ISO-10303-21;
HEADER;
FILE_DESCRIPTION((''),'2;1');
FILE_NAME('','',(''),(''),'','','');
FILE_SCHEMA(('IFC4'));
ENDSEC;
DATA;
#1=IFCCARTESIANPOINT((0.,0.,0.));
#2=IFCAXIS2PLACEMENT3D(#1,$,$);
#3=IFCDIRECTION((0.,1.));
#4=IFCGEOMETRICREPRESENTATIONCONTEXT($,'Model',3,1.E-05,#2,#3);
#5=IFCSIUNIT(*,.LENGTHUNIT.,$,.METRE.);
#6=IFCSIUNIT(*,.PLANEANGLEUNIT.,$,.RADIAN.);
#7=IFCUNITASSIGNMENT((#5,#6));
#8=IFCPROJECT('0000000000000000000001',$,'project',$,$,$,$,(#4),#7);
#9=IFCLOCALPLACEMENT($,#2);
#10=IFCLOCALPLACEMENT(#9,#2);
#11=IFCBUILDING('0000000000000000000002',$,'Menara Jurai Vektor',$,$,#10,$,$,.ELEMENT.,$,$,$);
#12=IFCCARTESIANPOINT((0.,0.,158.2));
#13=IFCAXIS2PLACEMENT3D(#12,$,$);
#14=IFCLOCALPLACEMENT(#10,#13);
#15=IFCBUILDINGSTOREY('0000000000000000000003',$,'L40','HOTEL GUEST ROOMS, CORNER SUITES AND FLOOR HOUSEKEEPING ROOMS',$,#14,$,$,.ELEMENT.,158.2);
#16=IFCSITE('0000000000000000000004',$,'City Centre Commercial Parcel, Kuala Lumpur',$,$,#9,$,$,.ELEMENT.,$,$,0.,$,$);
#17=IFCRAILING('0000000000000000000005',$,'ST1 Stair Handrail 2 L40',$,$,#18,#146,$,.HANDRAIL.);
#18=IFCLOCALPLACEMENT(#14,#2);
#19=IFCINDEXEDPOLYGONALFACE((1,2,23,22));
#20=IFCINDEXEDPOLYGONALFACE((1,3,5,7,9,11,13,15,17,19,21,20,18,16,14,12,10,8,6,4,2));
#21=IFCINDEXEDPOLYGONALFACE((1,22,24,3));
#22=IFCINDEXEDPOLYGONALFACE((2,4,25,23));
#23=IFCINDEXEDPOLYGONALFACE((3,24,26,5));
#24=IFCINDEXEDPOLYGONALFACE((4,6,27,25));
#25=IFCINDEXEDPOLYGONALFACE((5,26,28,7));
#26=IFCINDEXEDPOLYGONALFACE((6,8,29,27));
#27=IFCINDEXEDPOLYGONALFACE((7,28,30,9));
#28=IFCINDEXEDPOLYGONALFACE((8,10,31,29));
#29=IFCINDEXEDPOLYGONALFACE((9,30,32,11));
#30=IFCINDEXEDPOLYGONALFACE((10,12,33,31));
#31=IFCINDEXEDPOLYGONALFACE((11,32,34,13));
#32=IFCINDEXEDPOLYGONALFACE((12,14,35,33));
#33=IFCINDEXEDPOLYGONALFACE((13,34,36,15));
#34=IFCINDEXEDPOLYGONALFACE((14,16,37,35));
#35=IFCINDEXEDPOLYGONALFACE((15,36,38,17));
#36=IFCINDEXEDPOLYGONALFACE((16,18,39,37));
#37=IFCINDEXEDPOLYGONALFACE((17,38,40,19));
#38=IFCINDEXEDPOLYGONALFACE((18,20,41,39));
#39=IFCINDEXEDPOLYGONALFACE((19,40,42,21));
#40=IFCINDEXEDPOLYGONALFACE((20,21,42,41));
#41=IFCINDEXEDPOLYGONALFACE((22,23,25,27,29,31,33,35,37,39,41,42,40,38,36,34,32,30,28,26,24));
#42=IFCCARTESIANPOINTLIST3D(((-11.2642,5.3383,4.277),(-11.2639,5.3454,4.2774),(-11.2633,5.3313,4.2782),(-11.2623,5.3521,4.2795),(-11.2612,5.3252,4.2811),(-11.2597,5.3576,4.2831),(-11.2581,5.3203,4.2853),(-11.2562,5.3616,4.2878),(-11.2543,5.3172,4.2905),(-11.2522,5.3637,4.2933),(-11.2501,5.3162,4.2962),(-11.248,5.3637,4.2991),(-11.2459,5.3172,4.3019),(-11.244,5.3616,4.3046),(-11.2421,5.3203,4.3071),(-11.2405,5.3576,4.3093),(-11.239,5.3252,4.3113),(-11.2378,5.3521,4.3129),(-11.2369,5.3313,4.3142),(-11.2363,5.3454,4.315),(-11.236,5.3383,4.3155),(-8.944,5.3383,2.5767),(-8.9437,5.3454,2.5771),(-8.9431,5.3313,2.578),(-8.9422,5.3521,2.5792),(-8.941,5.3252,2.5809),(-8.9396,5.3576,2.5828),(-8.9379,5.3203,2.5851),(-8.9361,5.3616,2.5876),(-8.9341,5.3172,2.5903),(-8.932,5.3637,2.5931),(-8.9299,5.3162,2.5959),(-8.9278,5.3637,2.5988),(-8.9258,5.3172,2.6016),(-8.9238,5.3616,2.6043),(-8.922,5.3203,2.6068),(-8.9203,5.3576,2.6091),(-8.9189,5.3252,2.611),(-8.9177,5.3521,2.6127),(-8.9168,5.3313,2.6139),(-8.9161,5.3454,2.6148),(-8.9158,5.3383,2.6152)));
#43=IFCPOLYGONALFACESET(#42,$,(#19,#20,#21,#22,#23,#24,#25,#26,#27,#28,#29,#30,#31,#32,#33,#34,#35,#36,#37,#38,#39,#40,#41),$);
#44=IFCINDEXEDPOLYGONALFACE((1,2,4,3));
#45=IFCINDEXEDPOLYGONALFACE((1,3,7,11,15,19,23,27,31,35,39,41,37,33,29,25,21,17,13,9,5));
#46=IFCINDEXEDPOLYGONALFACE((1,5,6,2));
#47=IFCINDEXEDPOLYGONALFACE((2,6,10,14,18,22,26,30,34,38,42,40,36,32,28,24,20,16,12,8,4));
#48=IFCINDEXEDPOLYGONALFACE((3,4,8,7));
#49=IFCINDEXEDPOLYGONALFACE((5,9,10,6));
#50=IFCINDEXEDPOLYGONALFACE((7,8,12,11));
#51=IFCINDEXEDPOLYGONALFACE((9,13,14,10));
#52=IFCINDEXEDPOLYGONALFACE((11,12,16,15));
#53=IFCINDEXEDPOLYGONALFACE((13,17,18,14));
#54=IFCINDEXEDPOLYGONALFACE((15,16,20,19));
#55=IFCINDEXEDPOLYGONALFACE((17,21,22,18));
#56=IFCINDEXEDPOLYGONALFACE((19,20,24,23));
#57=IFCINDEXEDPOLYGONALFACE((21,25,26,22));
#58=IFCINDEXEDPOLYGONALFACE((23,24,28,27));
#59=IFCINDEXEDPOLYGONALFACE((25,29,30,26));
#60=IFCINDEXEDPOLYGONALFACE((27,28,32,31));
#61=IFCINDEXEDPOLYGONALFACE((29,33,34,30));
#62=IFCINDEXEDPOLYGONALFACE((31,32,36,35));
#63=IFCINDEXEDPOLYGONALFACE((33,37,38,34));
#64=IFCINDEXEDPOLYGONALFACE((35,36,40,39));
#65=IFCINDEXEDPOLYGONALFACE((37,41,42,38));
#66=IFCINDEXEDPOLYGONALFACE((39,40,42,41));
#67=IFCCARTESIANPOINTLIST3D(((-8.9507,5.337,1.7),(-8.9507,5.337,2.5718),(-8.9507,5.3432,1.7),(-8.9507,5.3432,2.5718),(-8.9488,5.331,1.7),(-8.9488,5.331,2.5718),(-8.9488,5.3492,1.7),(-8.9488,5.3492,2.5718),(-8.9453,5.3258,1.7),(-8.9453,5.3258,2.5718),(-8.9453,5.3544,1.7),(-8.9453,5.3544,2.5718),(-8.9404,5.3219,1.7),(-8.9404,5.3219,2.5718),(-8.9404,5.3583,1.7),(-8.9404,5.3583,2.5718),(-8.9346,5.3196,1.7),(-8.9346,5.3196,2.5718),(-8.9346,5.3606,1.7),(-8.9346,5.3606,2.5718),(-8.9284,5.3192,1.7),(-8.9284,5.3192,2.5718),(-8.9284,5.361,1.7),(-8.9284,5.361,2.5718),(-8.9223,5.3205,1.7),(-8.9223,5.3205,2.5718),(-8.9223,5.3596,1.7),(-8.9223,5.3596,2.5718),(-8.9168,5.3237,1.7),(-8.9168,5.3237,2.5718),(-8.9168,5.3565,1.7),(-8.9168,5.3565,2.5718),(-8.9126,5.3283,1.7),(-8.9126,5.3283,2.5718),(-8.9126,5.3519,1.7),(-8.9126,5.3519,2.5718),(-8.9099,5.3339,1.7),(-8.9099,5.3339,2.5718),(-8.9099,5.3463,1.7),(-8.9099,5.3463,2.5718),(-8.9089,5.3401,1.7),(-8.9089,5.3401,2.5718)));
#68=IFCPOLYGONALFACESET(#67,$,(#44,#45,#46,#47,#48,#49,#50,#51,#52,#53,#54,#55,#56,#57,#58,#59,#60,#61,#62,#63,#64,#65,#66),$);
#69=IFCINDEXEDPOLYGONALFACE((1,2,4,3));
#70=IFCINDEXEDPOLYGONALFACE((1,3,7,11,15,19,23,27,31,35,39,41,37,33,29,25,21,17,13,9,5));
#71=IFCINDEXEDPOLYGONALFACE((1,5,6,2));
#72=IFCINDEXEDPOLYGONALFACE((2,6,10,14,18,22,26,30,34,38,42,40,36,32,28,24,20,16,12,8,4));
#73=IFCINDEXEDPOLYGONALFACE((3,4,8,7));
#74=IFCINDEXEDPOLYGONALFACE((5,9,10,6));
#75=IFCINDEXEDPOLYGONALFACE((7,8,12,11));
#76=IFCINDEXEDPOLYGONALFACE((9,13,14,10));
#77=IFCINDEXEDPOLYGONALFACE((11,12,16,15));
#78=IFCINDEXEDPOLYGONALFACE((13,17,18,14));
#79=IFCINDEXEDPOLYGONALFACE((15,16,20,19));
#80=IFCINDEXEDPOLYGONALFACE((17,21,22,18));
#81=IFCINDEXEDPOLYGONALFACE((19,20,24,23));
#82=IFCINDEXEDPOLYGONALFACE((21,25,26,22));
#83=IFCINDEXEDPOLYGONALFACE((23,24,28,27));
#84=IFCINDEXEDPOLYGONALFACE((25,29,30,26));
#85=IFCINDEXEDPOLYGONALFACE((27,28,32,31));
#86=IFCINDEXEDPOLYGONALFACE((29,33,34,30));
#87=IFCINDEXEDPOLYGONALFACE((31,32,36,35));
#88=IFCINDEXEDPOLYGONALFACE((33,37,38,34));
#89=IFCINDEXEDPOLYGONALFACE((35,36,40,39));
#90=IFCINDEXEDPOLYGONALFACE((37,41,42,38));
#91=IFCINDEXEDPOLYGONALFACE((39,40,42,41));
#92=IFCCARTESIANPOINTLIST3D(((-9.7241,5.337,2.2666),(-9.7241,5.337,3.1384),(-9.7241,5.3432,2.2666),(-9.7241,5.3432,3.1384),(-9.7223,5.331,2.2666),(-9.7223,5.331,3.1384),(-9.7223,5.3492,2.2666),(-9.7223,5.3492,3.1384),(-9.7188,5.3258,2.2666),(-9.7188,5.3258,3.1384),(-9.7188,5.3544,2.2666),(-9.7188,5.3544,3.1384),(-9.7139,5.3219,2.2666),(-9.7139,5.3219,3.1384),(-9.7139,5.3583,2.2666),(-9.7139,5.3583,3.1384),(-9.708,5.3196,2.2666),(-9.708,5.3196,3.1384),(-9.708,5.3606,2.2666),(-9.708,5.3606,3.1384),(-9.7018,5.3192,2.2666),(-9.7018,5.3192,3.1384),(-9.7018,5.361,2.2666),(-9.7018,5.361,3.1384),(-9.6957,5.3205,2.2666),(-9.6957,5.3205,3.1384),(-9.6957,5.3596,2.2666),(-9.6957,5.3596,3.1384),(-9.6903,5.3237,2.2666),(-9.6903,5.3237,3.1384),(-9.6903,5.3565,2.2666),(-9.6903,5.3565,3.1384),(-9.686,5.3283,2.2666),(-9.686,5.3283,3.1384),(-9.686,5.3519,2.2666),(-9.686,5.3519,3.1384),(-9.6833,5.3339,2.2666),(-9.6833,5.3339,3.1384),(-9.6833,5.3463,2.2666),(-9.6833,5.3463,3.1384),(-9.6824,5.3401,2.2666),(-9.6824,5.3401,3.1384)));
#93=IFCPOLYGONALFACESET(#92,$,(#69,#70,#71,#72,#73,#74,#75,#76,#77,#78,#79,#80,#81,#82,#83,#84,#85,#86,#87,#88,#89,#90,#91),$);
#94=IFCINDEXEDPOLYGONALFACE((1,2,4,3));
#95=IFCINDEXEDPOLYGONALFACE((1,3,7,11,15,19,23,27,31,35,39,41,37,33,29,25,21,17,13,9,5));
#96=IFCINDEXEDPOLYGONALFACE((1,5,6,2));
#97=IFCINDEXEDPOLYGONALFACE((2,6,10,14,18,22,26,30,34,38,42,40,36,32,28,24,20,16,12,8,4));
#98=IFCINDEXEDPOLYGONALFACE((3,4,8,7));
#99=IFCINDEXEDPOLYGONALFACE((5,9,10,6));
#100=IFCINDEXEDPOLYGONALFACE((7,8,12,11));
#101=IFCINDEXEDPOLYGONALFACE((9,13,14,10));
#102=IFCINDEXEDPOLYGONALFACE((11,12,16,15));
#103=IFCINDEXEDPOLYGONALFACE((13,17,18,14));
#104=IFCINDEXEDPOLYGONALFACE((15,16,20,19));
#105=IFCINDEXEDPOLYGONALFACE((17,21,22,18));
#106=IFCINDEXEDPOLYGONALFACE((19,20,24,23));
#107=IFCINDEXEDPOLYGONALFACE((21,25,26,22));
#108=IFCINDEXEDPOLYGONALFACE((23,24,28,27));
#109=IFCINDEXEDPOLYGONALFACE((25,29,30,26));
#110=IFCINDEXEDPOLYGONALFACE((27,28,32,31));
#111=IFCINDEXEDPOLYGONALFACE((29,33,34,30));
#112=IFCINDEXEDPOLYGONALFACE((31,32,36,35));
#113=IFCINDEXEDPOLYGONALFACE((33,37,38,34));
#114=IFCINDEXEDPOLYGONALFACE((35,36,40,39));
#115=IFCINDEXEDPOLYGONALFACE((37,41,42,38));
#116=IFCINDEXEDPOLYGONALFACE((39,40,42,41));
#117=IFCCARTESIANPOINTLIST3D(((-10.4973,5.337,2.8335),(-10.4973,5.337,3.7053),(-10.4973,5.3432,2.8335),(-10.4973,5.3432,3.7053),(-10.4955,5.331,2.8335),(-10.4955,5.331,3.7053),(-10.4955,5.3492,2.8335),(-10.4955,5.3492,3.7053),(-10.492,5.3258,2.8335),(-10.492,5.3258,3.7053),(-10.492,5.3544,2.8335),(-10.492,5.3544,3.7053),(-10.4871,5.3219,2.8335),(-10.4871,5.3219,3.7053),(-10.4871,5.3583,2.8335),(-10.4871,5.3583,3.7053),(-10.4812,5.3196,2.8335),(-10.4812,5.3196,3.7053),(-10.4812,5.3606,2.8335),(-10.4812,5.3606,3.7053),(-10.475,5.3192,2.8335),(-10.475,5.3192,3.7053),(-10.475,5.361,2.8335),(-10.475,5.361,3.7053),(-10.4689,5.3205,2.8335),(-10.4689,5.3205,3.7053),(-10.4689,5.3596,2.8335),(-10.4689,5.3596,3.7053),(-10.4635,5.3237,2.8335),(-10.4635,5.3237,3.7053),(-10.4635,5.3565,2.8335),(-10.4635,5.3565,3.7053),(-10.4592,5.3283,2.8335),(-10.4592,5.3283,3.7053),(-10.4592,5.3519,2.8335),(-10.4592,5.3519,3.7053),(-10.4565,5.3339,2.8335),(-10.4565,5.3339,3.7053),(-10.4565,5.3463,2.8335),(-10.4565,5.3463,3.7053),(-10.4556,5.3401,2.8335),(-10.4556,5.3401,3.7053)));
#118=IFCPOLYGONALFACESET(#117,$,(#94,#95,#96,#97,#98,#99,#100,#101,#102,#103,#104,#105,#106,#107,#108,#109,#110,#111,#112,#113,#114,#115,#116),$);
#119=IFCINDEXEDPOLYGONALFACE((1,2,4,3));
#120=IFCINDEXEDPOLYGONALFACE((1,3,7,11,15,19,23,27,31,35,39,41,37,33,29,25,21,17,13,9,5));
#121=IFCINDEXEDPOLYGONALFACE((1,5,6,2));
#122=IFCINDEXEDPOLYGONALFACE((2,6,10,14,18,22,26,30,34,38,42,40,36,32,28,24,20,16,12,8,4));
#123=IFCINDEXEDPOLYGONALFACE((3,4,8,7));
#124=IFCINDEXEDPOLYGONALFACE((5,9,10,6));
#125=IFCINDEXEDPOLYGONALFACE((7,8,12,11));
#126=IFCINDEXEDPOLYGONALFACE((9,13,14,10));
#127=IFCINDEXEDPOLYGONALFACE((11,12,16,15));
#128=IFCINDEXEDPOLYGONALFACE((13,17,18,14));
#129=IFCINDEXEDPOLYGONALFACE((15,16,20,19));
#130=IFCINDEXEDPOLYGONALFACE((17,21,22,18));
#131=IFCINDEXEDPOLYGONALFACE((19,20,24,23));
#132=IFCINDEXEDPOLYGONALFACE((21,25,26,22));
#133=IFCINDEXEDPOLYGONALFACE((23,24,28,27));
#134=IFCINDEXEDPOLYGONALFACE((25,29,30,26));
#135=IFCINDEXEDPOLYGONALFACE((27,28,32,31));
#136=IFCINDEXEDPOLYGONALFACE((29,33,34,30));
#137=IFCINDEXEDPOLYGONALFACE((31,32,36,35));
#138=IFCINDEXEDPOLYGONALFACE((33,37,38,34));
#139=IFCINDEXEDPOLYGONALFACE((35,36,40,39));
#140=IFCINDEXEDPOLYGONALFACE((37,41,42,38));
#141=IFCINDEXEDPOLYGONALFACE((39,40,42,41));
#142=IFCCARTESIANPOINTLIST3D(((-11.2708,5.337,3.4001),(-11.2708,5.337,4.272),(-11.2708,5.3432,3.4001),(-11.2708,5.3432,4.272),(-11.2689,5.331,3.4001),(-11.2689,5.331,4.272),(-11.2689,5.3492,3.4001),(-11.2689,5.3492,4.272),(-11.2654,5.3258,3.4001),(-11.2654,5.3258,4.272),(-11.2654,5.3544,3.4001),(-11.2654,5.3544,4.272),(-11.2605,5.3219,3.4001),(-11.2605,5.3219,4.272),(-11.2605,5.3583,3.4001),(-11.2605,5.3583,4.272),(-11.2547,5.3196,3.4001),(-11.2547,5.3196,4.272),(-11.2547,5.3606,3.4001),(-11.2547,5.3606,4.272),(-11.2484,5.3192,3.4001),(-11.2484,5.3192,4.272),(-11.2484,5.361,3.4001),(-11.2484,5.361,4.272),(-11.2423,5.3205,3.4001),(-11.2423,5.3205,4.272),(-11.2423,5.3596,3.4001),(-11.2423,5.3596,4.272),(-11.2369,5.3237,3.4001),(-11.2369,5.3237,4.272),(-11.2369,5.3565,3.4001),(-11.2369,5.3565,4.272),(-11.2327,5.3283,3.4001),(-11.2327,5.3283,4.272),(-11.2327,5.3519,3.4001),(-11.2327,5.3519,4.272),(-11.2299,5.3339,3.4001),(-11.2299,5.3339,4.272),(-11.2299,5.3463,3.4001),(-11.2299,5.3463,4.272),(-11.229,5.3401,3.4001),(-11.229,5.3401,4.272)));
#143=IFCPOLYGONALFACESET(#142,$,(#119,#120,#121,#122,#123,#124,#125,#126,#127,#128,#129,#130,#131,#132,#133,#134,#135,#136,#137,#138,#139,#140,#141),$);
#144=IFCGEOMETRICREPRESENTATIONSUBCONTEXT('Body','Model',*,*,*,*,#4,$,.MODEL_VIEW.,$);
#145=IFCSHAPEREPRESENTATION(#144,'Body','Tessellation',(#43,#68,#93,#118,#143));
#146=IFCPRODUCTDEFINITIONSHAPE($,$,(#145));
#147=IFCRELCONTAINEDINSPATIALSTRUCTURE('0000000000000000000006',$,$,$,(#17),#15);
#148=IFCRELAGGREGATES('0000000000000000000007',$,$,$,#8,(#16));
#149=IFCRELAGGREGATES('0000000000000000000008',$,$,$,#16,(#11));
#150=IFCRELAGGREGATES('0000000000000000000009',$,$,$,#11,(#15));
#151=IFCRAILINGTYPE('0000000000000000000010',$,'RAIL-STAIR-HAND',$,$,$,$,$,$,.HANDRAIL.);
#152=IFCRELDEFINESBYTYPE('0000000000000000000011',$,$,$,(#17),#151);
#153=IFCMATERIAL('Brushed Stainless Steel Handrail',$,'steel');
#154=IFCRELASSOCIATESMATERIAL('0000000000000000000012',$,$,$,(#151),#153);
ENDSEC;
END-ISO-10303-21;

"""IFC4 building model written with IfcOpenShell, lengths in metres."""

from ifc_helpers import new_model, si_unit, direction, frame, origin, origin_2d, place, context, subcontext, project, spatial, circle, extrude, material, type_object, element, save


model = new_model("IFC4")

# Units and contexts
model_context = context("Model", 3, precision=1e-05, world=origin(), true_north=direction((0.0, 1.0)))
body_context = subcontext(model_context, "Body", "Model", "MODEL_VIEW")
ifc_project = project(units=[si_unit("LENGTHUNIT", "METRE"), si_unit("PLANEANGLEUNIT", "RADIAN")], contexts=[model_context])

# Site, building, storey
site_placement = place(None, origin())
site = spatial("IfcSite", under=ifc_project, at=site_placement, Name="City Centre Commercial Parcel, Kuala Lumpur", CompositionType="ELEMENT", RefElevation=0.0)
building_placement = place(site_placement, origin())
building = spatial("IfcBuilding", under=site, at=building_placement, Name="Menara Jurai Vektor", CompositionType="ELEMENT")
storey_placement = place(building_placement, frame((0.0, 0.0, 158.2)))
storey = spatial("IfcBuildingStorey", under=building, at=storey_placement, Name="L40", Description="HOTEL GUEST ROOMS, CORNER SUITES AND FLOOR HOUSEKEEPING ROOMS", CompositionType="ELEMENT", Elevation=158.2)

# Railing
ifc_material_1 = material(Name="Brushed Stainless Steel Handrail", Category="steel")
railing_type_1 = type_object("IfcRailingType", Name="RAIL-STAIR-HAND", PredefinedType="HANDRAIL", material=ifc_material_1)
railing_1_placement = place(storey_placement, frame((-8.9299, 5.3401, 1.7)))
element("IfcRailing", 1, at=railing_1_placement, inside=storey, type_object=railing_type_1, Name="ST1 Stair Handrail 2 L40", PredefinedType="HANDRAIL", context=body_context, shape_type="SweptSolid", body=[
    extrude(circle(Radius=0.0239, at=origin_2d()), frame((0.0, 0.0, 0.896), z_axis=(-0.806602, 0.0, 0.591095), x_axis=(0.0, -1.0, 0.0)), (0.0, 0.0, 1.0), 2.8765),
    extrude(circle(Radius=0.021, at=origin_2d()), origin(), (0.0, 0.0, 1.0), 0.8718),
    extrude(circle(Radius=0.021, at=origin_2d()), frame((-0.7734, 0.0, 0.5667)), (0.0, 0.0, 1.0), 0.8718),
    extrude(circle(Radius=0.021, at=origin_2d()), frame((-1.5466, 0.0, 1.1335)), (0.0, 0.0, 1.0), 0.8718),
    extrude(circle(Radius=0.021, at=origin_2d()), frame((-2.3201, 0.0, 1.7002)), (0.0, 0.0, 1.0), 0.8718),
])

save(model, "model.ifc")
